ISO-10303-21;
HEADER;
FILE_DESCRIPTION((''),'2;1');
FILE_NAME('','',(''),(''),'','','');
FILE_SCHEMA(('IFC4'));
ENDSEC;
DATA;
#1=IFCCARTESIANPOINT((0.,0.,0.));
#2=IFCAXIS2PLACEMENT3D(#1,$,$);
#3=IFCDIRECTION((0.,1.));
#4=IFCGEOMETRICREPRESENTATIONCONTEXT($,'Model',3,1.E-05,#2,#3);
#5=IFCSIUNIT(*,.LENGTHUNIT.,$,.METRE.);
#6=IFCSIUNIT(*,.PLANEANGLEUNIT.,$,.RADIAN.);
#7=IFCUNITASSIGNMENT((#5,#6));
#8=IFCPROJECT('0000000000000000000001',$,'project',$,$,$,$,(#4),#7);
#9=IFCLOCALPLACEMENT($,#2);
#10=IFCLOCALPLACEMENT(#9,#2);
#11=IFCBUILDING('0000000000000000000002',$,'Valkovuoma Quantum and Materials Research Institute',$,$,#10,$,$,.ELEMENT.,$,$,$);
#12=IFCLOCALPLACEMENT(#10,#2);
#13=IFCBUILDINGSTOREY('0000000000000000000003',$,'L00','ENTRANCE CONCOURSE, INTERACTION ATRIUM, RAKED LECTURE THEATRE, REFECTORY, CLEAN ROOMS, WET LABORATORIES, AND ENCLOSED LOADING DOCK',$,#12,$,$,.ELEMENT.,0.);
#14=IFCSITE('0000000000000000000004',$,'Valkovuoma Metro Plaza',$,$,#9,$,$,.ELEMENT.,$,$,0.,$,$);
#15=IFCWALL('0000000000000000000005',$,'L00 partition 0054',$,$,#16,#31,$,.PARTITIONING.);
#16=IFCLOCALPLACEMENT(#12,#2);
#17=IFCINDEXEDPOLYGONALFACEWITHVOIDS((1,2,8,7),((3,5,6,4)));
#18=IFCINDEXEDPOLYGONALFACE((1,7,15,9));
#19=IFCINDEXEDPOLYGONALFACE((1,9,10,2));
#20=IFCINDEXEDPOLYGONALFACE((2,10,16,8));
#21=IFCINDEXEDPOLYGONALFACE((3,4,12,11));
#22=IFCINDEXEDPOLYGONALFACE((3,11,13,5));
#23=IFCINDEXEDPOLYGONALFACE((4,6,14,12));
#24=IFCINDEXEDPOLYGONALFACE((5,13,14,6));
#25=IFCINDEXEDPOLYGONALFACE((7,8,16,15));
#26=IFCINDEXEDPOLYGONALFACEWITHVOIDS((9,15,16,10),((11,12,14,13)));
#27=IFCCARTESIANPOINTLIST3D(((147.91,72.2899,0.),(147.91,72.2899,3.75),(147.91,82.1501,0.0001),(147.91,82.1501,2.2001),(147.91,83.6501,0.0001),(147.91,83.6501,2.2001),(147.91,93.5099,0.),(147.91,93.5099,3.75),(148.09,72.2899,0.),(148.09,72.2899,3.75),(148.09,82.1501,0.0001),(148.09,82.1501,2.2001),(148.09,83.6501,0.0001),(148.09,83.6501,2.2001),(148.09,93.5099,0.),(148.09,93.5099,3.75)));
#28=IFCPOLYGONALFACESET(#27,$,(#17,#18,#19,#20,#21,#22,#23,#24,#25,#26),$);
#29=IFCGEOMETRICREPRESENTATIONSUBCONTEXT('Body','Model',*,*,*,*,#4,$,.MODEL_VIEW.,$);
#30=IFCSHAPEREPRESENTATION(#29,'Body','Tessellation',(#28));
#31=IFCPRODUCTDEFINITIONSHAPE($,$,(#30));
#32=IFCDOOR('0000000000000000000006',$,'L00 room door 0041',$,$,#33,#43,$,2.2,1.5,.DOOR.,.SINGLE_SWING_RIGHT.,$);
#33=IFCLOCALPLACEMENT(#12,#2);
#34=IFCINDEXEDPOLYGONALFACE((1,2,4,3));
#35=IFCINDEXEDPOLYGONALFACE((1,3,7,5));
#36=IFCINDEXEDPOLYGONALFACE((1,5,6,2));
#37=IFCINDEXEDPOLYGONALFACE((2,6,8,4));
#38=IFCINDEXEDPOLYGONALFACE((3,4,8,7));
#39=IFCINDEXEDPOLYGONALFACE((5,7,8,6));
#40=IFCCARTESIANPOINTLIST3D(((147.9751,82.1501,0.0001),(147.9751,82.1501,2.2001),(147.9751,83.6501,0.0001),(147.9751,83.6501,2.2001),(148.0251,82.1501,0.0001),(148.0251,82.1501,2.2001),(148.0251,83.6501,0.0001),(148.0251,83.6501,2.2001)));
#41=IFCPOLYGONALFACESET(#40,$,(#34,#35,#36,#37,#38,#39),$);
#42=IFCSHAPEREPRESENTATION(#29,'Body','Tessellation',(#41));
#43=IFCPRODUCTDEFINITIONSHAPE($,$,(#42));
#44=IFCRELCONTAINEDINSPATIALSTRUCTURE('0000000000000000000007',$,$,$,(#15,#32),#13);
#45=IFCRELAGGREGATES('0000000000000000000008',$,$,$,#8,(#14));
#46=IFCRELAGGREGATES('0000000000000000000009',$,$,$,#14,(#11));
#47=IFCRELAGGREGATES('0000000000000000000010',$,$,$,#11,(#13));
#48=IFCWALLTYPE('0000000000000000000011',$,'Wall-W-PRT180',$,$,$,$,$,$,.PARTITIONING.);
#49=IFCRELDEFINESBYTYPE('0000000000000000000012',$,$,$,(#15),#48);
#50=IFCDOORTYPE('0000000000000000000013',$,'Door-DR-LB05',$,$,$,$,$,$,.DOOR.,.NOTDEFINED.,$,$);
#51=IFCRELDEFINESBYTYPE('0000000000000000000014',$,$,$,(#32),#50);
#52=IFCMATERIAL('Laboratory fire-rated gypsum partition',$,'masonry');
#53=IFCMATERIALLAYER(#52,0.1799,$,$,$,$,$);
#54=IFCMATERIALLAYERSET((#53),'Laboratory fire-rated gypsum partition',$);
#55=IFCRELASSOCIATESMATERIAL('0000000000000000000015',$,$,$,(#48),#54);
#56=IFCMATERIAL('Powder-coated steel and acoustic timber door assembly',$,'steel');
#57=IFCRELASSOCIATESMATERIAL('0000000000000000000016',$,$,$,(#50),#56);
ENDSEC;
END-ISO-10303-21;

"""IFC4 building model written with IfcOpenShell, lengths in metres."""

from ifc_helpers import new_model, si_unit, direction, frame, frame_2d, origin, place, context, subcontext, project, spatial, rectangle, extrude, material, layer, layer_set, type_object, element, fill, save


model = new_model("IFC4")

# Units and contexts
model_context = context("Model", 3, precision=1e-05, world=origin(), true_north=direction((0.0, 1.0)))
body_context = subcontext(model_context, "Body", "Model", "MODEL_VIEW")
ifc_project = project(units=[si_unit("LENGTHUNIT", "METRE"), si_unit("PLANEANGLEUNIT", "RADIAN")], contexts=[model_context])

# Site, building, storey
site_placement = place(None, origin())
site = spatial("IfcSite", under=ifc_project, at=site_placement, Name="Valkovuoma Metro Plaza", CompositionType="ELEMENT", RefElevation=0.0)
building_placement = place(site_placement, origin())
building = spatial("IfcBuilding", under=site, at=building_placement, Name="Valkovuoma Quantum and Materials Research Institute", CompositionType="ELEMENT")
storey_placement = place(building_placement, origin())
storey = spatial("IfcBuildingStorey", under=building, at=storey_placement, Name="L00", Description="ENTRANCE CONCOURSE, INTERACTION ATRIUM, RAKED LECTURE THEATRE, REFECTORY, CLEAN ROOMS, WET LABORATORIES, AND ENCLOSED LOADING DOCK", CompositionType="ELEMENT", Elevation=0.0)

# Wall, opening, door
ifc_material_1 = material(Name="Laboratory fire-rated gypsum partition", Category="masonry")
ifc_layer = layer(ifc_material_1, 0.1799)
ifc_layer_set = layer_set([ifc_layer], Name="Laboratory fire-rated gypsum partition")
wall_type = type_object("IfcWallType", Name="Wall-W-PRT180", PredefinedType="PARTITIONING", material=ifc_layer_set)
wall_1_placement = place(storey_placement, frame((148.0, 72.29, 0.0), z_axis=(0.0, 0.0, 1.0), x_axis=(0.0, 1.0, 0.0)))
wall_1 = element("IfcWall", 1, at=wall_1_placement, inside=storey, type_object=wall_type, Name="L00 partition 0054", PredefinedType="PARTITIONING", context=body_context, shape_type="SweptSolid", body=[
    extrude(rectangle(XDim=21.22, YDim=0.1799, at=frame_2d((10.6099, 0.0))), origin(), (0.0, 0.0, 1.0), 3.75),
])
opening_1_placement = place(wall_1_placement, frame((9.8601, 0.0, 0.0)))
opening_1 = element("IfcOpeningElement", 2, at=opening_1_placement, cuts=wall_1, PredefinedType="OPENING", context=body_context, shape_type="SweptSolid", body=[
    extrude(rectangle(XDim=1.5, YDim=2.2, at=frame_2d((0.75, 1.1001))), frame((0.0, 0.1001, 0.0), z_axis=(0.0, -1.0, 0.0), x_axis=(1.0, 0.0, 0.0)), (0.0, 0.0, 1.0), 0.2),
])
ifc_material_2 = material(Name="Powder-coated steel and acoustic timber door assembly", Category="steel")
door_type_1 = type_object("IfcDoorType", Name="Door-DR-LB05", OperationType="NOTDEFINED", PredefinedType="DOOR", material=ifc_material_2)
door_1_placement = place(opening_1_placement, origin())
door_1 = element("IfcDoor", 3, at=door_1_placement, inside=storey, type_object=door_type_1, Name="L00 room door 0041", OperationType="SINGLE_SWING_RIGHT", OverallHeight=2.2, OverallWidth=1.5, PredefinedType="DOOR", context=body_context, shape_type="SweptSolid", body=[
    extrude(rectangle(XDim=1.5, YDim=2.2, at=frame_2d((0.75, 1.1001))), frame((0.0, 0.0249, 0.0), z_axis=(0.0, -1.0, 0.0), x_axis=(1.0, 0.0, 0.0)), (0.0, 0.0, 1.0), 0.05),
])
fill(opening_1, door_1)

save(model, "model.ifc")
